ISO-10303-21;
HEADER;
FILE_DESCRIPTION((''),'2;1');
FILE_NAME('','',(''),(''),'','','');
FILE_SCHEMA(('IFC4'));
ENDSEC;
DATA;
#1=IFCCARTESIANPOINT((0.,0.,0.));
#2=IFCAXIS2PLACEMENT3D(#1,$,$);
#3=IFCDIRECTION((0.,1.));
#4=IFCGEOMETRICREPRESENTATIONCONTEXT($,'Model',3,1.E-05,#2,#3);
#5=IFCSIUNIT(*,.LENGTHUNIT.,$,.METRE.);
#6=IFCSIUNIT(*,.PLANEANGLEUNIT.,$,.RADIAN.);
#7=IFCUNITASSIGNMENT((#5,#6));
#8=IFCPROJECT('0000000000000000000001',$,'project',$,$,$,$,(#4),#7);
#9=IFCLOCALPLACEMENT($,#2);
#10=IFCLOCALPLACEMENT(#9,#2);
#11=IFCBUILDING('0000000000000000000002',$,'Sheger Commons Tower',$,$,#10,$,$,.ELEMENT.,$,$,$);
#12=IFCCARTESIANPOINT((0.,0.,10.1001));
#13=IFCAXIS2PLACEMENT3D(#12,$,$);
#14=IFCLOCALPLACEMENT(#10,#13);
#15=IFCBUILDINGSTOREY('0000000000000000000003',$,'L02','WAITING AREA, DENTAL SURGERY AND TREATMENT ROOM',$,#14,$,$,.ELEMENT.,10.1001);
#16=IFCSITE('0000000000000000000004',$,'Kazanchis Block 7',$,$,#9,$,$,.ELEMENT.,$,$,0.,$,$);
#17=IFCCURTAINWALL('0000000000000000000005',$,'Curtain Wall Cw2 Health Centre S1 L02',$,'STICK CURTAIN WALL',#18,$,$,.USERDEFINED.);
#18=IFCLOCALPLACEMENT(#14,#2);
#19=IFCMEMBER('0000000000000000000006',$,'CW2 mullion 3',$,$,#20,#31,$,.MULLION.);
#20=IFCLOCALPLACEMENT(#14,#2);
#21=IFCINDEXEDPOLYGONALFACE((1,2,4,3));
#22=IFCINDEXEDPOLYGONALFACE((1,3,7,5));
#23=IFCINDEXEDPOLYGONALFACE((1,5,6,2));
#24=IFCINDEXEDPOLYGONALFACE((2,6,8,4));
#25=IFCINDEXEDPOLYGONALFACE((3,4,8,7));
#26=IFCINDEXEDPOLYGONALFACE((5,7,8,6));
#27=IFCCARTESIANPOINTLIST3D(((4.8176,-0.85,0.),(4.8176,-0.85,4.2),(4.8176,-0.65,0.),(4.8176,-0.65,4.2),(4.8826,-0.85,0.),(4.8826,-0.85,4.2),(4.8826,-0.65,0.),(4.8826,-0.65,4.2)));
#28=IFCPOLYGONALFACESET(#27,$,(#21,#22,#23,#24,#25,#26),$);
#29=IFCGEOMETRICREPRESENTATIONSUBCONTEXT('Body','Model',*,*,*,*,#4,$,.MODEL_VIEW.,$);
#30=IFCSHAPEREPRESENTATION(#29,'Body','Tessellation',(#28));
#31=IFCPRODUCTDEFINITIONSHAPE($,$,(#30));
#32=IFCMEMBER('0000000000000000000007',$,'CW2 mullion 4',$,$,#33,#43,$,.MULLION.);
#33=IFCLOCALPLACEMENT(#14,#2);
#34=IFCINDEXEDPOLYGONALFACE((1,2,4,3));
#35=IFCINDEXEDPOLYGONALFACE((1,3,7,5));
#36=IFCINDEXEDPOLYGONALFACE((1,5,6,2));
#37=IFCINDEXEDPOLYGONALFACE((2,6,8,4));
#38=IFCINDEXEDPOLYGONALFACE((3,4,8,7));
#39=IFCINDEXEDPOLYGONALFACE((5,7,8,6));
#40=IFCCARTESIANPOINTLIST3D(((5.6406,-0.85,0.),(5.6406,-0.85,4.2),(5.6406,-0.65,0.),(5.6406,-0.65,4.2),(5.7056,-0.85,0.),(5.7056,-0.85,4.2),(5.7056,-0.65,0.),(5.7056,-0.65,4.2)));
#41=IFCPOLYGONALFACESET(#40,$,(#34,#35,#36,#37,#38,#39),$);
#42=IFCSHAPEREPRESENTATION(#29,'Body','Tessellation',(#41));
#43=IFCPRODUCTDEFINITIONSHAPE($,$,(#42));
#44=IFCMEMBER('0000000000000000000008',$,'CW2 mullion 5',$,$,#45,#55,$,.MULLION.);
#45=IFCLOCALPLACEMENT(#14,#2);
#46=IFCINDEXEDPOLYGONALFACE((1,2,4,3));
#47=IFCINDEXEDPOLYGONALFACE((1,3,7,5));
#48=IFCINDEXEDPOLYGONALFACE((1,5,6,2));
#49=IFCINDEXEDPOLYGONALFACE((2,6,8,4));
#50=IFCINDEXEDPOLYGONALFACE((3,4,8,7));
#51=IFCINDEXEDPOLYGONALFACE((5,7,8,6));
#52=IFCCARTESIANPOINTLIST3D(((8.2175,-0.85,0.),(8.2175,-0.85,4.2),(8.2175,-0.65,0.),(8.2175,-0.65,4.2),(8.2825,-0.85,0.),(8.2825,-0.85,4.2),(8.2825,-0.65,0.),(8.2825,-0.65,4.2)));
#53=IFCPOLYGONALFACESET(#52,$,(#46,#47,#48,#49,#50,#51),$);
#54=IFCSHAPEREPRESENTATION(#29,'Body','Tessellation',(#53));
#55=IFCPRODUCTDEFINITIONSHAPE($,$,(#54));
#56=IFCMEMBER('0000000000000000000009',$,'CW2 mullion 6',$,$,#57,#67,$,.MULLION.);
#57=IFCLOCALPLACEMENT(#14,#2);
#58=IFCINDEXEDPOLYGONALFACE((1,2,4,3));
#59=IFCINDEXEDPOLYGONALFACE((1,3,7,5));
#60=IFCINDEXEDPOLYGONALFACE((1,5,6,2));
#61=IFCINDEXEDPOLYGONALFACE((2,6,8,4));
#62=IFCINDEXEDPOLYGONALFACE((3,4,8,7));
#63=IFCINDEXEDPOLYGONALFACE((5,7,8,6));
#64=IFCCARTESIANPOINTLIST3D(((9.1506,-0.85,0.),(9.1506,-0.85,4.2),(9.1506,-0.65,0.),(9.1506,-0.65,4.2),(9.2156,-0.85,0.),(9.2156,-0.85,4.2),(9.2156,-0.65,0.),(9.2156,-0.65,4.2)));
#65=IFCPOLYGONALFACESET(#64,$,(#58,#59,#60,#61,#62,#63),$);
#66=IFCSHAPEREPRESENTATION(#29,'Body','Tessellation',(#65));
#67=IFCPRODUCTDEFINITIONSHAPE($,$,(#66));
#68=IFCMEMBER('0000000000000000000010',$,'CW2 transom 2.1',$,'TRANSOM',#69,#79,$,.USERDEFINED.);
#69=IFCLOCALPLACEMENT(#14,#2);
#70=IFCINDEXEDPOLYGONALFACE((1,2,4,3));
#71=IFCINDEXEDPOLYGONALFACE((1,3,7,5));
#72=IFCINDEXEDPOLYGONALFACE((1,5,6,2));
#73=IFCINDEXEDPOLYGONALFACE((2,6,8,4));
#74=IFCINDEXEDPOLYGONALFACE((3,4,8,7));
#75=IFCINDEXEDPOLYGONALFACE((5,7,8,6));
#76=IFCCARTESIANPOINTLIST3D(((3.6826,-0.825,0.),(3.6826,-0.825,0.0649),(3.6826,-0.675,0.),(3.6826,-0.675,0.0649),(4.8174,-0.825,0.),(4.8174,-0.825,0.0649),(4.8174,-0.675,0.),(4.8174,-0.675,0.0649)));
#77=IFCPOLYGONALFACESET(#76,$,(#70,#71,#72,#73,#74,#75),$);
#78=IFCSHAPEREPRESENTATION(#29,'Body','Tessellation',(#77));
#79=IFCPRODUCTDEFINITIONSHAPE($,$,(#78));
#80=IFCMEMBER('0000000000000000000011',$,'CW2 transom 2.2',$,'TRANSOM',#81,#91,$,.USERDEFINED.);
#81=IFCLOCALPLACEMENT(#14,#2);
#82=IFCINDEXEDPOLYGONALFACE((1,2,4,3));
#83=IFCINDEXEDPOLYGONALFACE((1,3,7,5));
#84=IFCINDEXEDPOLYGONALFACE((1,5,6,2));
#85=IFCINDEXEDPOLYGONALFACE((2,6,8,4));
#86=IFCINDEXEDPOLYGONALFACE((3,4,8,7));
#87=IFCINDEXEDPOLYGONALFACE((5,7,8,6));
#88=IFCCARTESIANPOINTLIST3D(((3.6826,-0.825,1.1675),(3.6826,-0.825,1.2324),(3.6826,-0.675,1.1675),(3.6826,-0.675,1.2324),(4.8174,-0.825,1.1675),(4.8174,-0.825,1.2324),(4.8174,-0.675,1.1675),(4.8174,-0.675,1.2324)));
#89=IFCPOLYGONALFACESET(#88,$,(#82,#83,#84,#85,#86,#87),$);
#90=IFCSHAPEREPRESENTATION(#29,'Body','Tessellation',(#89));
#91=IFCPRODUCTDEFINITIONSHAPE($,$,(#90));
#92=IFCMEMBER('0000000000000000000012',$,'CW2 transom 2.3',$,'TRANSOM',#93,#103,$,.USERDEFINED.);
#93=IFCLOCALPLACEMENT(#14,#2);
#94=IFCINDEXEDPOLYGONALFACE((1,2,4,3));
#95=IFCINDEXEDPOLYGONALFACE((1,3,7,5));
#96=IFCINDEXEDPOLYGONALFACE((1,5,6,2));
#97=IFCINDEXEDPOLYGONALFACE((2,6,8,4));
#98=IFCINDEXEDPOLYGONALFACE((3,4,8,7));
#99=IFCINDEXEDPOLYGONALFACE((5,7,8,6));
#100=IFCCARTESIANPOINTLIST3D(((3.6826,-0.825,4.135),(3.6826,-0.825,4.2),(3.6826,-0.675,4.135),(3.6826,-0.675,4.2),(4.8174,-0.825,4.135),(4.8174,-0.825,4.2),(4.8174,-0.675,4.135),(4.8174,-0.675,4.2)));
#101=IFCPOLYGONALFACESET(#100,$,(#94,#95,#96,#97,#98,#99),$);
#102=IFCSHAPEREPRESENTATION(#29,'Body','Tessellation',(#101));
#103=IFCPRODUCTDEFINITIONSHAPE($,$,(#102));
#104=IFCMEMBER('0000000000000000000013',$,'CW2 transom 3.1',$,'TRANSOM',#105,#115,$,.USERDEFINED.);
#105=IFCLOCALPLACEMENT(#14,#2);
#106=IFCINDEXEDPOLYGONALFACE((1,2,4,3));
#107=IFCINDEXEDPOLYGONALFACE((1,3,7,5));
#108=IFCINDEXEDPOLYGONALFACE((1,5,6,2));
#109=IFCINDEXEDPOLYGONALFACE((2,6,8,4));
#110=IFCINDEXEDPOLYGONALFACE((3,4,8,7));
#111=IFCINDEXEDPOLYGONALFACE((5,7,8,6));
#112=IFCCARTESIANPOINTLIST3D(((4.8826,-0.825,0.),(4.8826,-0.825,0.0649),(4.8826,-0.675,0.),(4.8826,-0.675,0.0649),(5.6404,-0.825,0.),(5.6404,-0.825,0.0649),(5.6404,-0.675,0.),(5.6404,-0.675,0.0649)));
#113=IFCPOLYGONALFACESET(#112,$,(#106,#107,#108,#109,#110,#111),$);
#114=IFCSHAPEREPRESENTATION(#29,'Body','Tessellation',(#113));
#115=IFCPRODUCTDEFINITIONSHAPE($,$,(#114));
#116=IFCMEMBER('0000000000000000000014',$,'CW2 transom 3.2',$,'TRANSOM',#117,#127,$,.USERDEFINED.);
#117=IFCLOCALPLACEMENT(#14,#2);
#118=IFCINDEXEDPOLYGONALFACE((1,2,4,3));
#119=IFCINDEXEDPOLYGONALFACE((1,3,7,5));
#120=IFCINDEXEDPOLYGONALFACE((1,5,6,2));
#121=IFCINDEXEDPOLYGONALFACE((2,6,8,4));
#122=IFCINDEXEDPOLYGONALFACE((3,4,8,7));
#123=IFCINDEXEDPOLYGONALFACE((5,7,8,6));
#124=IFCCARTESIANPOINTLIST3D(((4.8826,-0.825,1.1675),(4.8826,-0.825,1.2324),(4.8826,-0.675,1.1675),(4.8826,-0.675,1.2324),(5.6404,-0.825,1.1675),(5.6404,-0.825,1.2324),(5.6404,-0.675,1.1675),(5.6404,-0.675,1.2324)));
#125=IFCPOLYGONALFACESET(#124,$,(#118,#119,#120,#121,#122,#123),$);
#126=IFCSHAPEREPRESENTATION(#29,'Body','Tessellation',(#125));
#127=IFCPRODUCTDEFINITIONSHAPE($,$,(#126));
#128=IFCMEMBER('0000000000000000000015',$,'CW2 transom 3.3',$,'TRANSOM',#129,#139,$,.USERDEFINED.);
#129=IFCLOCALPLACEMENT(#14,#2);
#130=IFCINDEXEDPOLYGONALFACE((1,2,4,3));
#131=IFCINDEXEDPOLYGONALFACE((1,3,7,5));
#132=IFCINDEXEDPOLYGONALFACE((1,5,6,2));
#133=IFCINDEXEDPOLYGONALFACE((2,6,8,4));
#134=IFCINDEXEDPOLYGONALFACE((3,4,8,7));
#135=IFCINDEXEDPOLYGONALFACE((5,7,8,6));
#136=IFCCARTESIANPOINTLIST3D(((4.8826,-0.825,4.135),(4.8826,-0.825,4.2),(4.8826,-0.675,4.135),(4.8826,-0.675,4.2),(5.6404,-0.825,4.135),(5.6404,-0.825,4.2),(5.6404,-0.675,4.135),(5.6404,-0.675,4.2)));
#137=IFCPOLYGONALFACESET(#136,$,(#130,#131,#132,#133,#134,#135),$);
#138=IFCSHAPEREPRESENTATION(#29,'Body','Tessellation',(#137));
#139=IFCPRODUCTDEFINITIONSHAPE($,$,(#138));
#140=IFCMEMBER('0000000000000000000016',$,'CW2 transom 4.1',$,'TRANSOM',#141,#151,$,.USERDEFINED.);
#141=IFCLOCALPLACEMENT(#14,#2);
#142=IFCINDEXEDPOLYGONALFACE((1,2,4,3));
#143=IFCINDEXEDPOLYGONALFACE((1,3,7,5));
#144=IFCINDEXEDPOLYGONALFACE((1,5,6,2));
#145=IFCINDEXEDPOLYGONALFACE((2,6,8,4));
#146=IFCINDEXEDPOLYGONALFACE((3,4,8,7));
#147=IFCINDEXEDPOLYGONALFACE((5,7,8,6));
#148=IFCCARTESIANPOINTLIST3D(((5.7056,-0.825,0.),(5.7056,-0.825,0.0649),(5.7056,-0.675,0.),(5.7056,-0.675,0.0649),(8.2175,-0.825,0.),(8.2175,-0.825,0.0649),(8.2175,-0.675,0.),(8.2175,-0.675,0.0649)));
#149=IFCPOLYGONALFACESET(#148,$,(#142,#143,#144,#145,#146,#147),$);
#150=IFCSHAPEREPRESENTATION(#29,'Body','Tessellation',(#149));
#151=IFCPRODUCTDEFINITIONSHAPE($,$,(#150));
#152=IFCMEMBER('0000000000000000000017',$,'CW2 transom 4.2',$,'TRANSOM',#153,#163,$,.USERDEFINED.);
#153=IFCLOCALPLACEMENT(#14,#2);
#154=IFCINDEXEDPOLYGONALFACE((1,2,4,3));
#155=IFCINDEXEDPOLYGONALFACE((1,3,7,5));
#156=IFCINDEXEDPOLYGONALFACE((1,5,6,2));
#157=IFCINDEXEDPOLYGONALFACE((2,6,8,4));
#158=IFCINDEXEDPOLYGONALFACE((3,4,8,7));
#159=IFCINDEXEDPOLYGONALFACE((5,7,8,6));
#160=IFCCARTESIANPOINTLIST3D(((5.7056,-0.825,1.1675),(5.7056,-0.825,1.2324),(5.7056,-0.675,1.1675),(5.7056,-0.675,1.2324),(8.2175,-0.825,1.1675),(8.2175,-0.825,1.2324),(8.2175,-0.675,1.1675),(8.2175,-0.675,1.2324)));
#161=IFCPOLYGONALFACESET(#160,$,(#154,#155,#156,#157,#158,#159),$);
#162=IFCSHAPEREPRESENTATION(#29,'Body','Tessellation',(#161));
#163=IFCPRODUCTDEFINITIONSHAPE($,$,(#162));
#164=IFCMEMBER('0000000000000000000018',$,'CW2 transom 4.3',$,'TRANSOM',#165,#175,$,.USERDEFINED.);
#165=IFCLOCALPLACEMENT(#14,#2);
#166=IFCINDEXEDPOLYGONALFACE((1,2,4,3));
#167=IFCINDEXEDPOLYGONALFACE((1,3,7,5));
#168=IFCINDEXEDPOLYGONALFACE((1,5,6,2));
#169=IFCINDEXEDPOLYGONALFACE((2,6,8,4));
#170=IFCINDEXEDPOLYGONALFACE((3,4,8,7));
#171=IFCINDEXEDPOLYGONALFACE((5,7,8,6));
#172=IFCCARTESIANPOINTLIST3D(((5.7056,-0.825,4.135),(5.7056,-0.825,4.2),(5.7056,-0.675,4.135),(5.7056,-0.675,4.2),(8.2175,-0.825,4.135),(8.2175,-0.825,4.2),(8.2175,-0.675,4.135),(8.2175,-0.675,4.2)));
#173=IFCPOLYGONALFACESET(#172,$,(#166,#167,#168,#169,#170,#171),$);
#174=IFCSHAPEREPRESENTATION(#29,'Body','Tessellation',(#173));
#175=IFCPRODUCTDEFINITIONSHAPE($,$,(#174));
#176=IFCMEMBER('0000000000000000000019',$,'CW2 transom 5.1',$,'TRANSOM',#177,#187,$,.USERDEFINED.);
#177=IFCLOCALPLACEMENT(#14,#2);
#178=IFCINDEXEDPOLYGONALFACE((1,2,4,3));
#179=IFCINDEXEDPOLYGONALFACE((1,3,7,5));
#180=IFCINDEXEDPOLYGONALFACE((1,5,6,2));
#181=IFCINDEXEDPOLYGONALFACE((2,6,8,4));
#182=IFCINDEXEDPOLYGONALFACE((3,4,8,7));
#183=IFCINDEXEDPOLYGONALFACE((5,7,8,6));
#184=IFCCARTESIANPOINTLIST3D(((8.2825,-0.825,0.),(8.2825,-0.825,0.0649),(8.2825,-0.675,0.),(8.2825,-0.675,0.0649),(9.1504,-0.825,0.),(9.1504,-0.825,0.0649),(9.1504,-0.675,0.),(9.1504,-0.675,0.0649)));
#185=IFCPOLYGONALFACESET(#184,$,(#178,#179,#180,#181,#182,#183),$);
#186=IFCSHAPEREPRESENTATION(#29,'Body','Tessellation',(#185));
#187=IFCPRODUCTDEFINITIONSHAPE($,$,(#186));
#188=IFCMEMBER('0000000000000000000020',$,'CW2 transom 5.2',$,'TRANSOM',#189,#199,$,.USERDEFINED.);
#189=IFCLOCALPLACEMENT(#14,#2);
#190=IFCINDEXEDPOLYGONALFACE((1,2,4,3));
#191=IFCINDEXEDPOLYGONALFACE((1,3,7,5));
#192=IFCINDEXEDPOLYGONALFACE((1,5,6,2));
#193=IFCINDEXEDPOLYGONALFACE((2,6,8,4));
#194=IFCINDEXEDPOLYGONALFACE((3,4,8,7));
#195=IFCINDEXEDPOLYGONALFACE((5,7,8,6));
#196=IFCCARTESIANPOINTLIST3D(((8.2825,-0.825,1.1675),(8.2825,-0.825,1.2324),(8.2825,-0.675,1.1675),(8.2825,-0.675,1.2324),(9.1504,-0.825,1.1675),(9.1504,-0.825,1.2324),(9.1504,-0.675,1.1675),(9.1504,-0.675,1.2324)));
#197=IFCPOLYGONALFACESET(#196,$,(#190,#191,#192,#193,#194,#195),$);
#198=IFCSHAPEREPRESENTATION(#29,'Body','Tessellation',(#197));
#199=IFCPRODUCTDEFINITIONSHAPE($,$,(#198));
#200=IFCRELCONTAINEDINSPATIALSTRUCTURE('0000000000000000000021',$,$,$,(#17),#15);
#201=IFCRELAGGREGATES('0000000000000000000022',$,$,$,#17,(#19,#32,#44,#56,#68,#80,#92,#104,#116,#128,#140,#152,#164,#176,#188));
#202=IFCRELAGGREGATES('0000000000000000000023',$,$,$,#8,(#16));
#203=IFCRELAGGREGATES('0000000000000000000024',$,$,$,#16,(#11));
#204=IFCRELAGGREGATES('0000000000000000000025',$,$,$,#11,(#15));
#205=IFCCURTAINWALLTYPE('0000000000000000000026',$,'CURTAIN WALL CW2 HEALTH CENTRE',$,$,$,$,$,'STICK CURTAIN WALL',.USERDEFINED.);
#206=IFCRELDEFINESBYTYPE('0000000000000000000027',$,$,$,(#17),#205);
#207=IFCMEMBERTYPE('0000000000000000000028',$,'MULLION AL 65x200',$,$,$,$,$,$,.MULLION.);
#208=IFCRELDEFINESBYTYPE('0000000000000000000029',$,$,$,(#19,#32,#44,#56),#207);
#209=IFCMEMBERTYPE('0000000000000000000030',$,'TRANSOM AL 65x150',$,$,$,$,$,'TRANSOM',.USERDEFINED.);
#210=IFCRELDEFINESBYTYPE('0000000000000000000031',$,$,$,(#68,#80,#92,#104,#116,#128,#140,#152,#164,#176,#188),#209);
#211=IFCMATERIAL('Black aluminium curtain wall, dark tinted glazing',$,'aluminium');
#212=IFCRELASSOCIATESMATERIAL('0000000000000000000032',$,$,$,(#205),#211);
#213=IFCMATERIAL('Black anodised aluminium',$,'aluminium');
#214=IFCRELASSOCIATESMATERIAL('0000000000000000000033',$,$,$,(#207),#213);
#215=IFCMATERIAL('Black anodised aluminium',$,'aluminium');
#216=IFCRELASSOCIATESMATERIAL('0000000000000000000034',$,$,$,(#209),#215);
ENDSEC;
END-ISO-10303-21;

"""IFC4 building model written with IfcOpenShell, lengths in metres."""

from ifc_helpers import new_model, si_unit, direction, frame, origin, origin_2d, place, context, subcontext, project, spatial, rectangle, extrude, material, material_profile, profile_set, type_object, element, aggregate, save


model = new_model("IFC4")

# Units and contexts
model_context = context("Model", 3, precision=1e-05, world=origin(), true_north=direction((0.0, 1.0)))
body_context = subcontext(model_context, "Body", "Model", "MODEL_VIEW")
ifc_project = project(units=[si_unit("LENGTHUNIT", "METRE"), si_unit("PLANEANGLEUNIT", "RADIAN")], contexts=[model_context])

# Site, building, storey
site_placement = place(None, origin())
site = spatial("IfcSite", under=ifc_project, at=site_placement, Name="Kazanchis Block 7", CompositionType="ELEMENT", RefElevation=0.0)
building_placement = place(site_placement, origin())
building = spatial("IfcBuilding", under=site, at=building_placement, Name="Sheger Commons Tower", CompositionType="ELEMENT")
storey_placement = place(building_placement, frame((0.0, 0.0, 10.1001)))
storey = spatial("IfcBuildingStorey", under=building, at=storey_placement, Name="L02", Description="WAITING AREA, DENTAL SURGERY AND TREATMENT ROOM", CompositionType="ELEMENT", Elevation=10.1001)

# Curtain wall, members
ifc_material_1 = material(Name="Black aluminium curtain wall, dark tinted glazing", Category="aluminium")
curtain_wall_type = type_object("IfcCurtainWallType", Name="CURTAIN WALL CW2 HEALTH CENTRE", ElementType="STICK CURTAIN WALL", PredefinedType="USERDEFINED", material=ifc_material_1)
curtain_wall_placement = place(storey_placement, origin())
curtain_wall = element("IfcCurtainWall", 1, at=curtain_wall_placement, inside=storey, type_object=curtain_wall_type, Name="Curtain Wall Cw2 Health Centre S1 L02", ObjectType="STICK CURTAIN WALL", PredefinedType="USERDEFINED")
ifc_material_2 = material(Name="Black anodised aluminium", Category="aluminium")
ifc_material_profile_1 = material_profile(ifc_material_2, rectangle(XDim=0.2, YDim=0.0649, at=origin_2d()), Name="AL 65x200")
ifc_profile_set_1 = profile_set([ifc_material_profile_1], Name="Black anodised aluminium")
member_type_1 = type_object("IfcMemberType", Name="MULLION AL 65x200", PredefinedType="MULLION", material=ifc_profile_set_1)
member_1_placement = place(storey_placement, frame((4.8501, -0.75, 0.0), z_axis=(0.0, 0.0, 1.0), x_axis=(0.0, 1.0, 0.0)))
member_1 = element("IfcMember", 2, at=member_1_placement, type_object=member_type_1, Name="CW2 mullion 3", PredefinedType="MULLION", context=body_context, shape_type="SweptSolid", body=[
    extrude(rectangle(XDim=0.2, YDim=0.0649, at=origin_2d()), origin(), (0.0, 0.0, 1.0), 4.2),
])
member_2_placement = place(storey_placement, frame((5.6731, -0.75, 0.0), z_axis=(0.0, 0.0, 1.0), x_axis=(0.0, 1.0, 0.0)))
member_2 = element("IfcMember", 3, at=member_2_placement, type_object=member_type_1, Name="CW2 mullion 4", PredefinedType="MULLION", context=body_context, shape_type="SweptSolid", body=[
    extrude(rectangle(XDim=0.2, YDim=0.0649, at=origin_2d()), origin(), (0.0, 0.0, 1.0), 4.2),
])
member_3_placement = place(storey_placement, frame((8.25, -0.75, 0.0), z_axis=(0.0, 0.0, 1.0), x_axis=(0.0, 1.0, 0.0)))
member_3 = element("IfcMember", 4, at=member_3_placement, type_object=member_type_1, Name="CW2 mullion 5", PredefinedType="MULLION", context=body_context, shape_type="SweptSolid", body=[
    extrude(rectangle(XDim=0.2, YDim=0.0649, at=origin_2d()), origin(), (0.0, 0.0, 1.0), 4.2),
])
member_4_placement = place(storey_placement, frame((9.1831, -0.75, 0.0), z_axis=(0.0, 0.0, 1.0), x_axis=(0.0, 1.0, 0.0)))
member_4 = element("IfcMember", 5, at=member_4_placement, type_object=member_type_1, Name="CW2 mullion 6", PredefinedType="MULLION", context=body_context, shape_type="SweptSolid", body=[
    extrude(rectangle(XDim=0.2, YDim=0.0649, at=origin_2d()), origin(), (0.0, 0.0, 1.0), 4.2),
])
ifc_material_3 = material(Name="Black anodised aluminium", Category="aluminium")
ifc_material_profile_2 = material_profile(ifc_material_3, rectangle(XDim=0.1499, YDim=0.0649, at=origin_2d()), Name="AL 65x150")
ifc_profile_set_2 = profile_set([ifc_material_profile_2], Name="Black anodised aluminium")
member_type_2 = type_object("IfcMemberType", Name="TRANSOM AL 65x150", ElementType="TRANSOM", PredefinedType="USERDEFINED", material=ifc_profile_set_2)
member_5_placement = place(storey_placement, frame((3.6826, -0.75, 0.0325), z_axis=(1.0, 0.0, 0.0), x_axis=(0.0, 1.0, 0.0)))
member_5 = element("IfcMember", 6, at=member_5_placement, type_object=member_type_2, Name="CW2 transom 2.1", ObjectType="TRANSOM", PredefinedType="USERDEFINED", context=body_context, shape_type="SweptSolid", body=[
    extrude(rectangle(XDim=0.1499, YDim=0.0649, at=origin_2d()), origin(), (0.0, 0.0, 1.0), 1.1348),
])
member_6_placement = place(storey_placement, frame((3.6826, -0.75, 1.2), z_axis=(1.0, 0.0, 0.0), x_axis=(0.0, 1.0, 0.0)))
member_6 = element("IfcMember", 7, at=member_6_placement, type_object=member_type_2, Name="CW2 transom 2.2", ObjectType="TRANSOM", PredefinedType="USERDEFINED", context=body_context, shape_type="SweptSolid", body=[
    extrude(rectangle(XDim=0.1499, YDim=0.0649, at=origin_2d()), origin(), (0.0, 0.0, 1.0), 1.1348),
])
member_7_placement = place(storey_placement, frame((3.6826, -0.75, 4.1675), z_axis=(1.0, 0.0, 0.0), x_axis=(0.0, 1.0, 0.0)))
member_7 = element("IfcMember", 8, at=member_7_placement, type_object=member_type_2, Name="CW2 transom 2.3", ObjectType="TRANSOM", PredefinedType="USERDEFINED", context=body_context, shape_type="SweptSolid", body=[
    extrude(rectangle(XDim=0.1499, YDim=0.0649, at=origin_2d()), origin(), (0.0, 0.0, 1.0), 1.1348),
])
member_8_placement = place(storey_placement, frame((4.8826, -0.75, 0.0325), z_axis=(1.0, 0.0, 0.0), x_axis=(0.0, 1.0, 0.0)))
member_8 = element("IfcMember", 9, at=member_8_placement, type_object=member_type_2, Name="CW2 transom 3.1", ObjectType="TRANSOM", PredefinedType="USERDEFINED", context=body_context, shape_type="SweptSolid", body=[
    extrude(rectangle(XDim=0.1499, YDim=0.0649, at=origin_2d()), origin(), (0.0, 0.0, 1.0), 0.7578),
])
member_9_placement = place(storey_placement, frame((4.8826, -0.75, 1.2), z_axis=(1.0, 0.0, 0.0), x_axis=(0.0, 1.0, 0.0)))
member_9 = element("IfcMember", 10, at=member_9_placement, type_object=member_type_2, Name="CW2 transom 3.2", ObjectType="TRANSOM", PredefinedType="USERDEFINED", context=body_context, shape_type="SweptSolid", body=[
    extrude(rectangle(XDim=0.1499, YDim=0.0649, at=origin_2d()), origin(), (0.0, 0.0, 1.0), 0.7578),
])
member_10_placement = place(storey_placement, frame((4.8826, -0.75, 4.1675), z_axis=(1.0, 0.0, 0.0), x_axis=(0.0, 1.0, 0.0)))
member_10 = element("IfcMember", 11, at=member_10_placement, type_object=member_type_2, Name="CW2 transom 3.3", ObjectType="TRANSOM", PredefinedType="USERDEFINED", context=body_context, shape_type="SweptSolid", body=[
    extrude(rectangle(XDim=0.1499, YDim=0.0649, at=origin_2d()), origin(), (0.0, 0.0, 1.0), 0.7578),
])
member_11_placement = place(storey_placement, frame((5.7056, -0.75, 0.0325), z_axis=(1.0, 0.0, 0.0), x_axis=(0.0, 1.0, 0.0)))
member_11 = element("IfcMember", 12, at=member_11_placement, type_object=member_type_2, Name="CW2 transom 4.1", ObjectType="TRANSOM", PredefinedType="USERDEFINED", context=body_context, shape_type="SweptSolid", body=[
    extrude(rectangle(XDim=0.1499, YDim=0.0649, at=origin_2d()), origin(), (0.0, 0.0, 1.0), 2.512),
])
member_12_placement = place(storey_placement, frame((5.7056, -0.75, 1.2), z_axis=(1.0, 0.0, 0.0), x_axis=(0.0, 1.0, 0.0)))
member_12 = element("IfcMember", 13, at=member_12_placement, type_object=member_type_2, Name="CW2 transom 4.2", ObjectType="TRANSOM", PredefinedType="USERDEFINED", context=body_context, shape_type="SweptSolid", body=[
    extrude(rectangle(XDim=0.1499, YDim=0.0649, at=origin_2d()), origin(), (0.0, 0.0, 1.0), 2.512),
])
member_13_placement = place(storey_placement, frame((5.7056, -0.75, 4.1675), z_axis=(1.0, 0.0, 0.0), x_axis=(0.0, 1.0, 0.0)))
member_13 = element("IfcMember", 14, at=member_13_placement, type_object=member_type_2, Name="CW2 transom 4.3", ObjectType="TRANSOM", PredefinedType="USERDEFINED", context=body_context, shape_type="SweptSolid", body=[
    extrude(rectangle(XDim=0.1499, YDim=0.0649, at=origin_2d()), origin(), (0.0, 0.0, 1.0), 2.512),
])
member_14_placement = place(storey_placement, frame((8.2825, -0.75, 0.0325), z_axis=(1.0, 0.0, 0.0), x_axis=(0.0, 1.0, 0.0)))
member_14 = element("IfcMember", 15, at=member_14_placement, type_object=member_type_2, Name="CW2 transom 5.1", ObjectType="TRANSOM", PredefinedType="USERDEFINED", context=body_context, shape_type="SweptSolid", body=[
    extrude(rectangle(XDim=0.1499, YDim=0.0649, at=origin_2d()), origin(), (0.0, 0.0, 1.0), 0.8679),
])
member_15_placement = place(storey_placement, frame((8.2825, -0.75, 1.2), z_axis=(1.0, 0.0, 0.0), x_axis=(0.0, 1.0, 0.0)))
member_15 = element("IfcMember", 16, at=member_15_placement, type_object=member_type_2, Name="CW2 transom 5.2", ObjectType="TRANSOM", PredefinedType="USERDEFINED", context=body_context, shape_type="SweptSolid", body=[
    extrude(rectangle(XDim=0.1499, YDim=0.0649, at=origin_2d()), origin(), (0.0, 0.0, 1.0), 0.8679),
])
aggregate(curtain_wall, [member_1, member_2, member_3, member_4, member_5, member_6, member_7, member_8, member_9, member_10, member_11, member_12, member_13, member_14, member_15])

save(model, "model.ifc")
